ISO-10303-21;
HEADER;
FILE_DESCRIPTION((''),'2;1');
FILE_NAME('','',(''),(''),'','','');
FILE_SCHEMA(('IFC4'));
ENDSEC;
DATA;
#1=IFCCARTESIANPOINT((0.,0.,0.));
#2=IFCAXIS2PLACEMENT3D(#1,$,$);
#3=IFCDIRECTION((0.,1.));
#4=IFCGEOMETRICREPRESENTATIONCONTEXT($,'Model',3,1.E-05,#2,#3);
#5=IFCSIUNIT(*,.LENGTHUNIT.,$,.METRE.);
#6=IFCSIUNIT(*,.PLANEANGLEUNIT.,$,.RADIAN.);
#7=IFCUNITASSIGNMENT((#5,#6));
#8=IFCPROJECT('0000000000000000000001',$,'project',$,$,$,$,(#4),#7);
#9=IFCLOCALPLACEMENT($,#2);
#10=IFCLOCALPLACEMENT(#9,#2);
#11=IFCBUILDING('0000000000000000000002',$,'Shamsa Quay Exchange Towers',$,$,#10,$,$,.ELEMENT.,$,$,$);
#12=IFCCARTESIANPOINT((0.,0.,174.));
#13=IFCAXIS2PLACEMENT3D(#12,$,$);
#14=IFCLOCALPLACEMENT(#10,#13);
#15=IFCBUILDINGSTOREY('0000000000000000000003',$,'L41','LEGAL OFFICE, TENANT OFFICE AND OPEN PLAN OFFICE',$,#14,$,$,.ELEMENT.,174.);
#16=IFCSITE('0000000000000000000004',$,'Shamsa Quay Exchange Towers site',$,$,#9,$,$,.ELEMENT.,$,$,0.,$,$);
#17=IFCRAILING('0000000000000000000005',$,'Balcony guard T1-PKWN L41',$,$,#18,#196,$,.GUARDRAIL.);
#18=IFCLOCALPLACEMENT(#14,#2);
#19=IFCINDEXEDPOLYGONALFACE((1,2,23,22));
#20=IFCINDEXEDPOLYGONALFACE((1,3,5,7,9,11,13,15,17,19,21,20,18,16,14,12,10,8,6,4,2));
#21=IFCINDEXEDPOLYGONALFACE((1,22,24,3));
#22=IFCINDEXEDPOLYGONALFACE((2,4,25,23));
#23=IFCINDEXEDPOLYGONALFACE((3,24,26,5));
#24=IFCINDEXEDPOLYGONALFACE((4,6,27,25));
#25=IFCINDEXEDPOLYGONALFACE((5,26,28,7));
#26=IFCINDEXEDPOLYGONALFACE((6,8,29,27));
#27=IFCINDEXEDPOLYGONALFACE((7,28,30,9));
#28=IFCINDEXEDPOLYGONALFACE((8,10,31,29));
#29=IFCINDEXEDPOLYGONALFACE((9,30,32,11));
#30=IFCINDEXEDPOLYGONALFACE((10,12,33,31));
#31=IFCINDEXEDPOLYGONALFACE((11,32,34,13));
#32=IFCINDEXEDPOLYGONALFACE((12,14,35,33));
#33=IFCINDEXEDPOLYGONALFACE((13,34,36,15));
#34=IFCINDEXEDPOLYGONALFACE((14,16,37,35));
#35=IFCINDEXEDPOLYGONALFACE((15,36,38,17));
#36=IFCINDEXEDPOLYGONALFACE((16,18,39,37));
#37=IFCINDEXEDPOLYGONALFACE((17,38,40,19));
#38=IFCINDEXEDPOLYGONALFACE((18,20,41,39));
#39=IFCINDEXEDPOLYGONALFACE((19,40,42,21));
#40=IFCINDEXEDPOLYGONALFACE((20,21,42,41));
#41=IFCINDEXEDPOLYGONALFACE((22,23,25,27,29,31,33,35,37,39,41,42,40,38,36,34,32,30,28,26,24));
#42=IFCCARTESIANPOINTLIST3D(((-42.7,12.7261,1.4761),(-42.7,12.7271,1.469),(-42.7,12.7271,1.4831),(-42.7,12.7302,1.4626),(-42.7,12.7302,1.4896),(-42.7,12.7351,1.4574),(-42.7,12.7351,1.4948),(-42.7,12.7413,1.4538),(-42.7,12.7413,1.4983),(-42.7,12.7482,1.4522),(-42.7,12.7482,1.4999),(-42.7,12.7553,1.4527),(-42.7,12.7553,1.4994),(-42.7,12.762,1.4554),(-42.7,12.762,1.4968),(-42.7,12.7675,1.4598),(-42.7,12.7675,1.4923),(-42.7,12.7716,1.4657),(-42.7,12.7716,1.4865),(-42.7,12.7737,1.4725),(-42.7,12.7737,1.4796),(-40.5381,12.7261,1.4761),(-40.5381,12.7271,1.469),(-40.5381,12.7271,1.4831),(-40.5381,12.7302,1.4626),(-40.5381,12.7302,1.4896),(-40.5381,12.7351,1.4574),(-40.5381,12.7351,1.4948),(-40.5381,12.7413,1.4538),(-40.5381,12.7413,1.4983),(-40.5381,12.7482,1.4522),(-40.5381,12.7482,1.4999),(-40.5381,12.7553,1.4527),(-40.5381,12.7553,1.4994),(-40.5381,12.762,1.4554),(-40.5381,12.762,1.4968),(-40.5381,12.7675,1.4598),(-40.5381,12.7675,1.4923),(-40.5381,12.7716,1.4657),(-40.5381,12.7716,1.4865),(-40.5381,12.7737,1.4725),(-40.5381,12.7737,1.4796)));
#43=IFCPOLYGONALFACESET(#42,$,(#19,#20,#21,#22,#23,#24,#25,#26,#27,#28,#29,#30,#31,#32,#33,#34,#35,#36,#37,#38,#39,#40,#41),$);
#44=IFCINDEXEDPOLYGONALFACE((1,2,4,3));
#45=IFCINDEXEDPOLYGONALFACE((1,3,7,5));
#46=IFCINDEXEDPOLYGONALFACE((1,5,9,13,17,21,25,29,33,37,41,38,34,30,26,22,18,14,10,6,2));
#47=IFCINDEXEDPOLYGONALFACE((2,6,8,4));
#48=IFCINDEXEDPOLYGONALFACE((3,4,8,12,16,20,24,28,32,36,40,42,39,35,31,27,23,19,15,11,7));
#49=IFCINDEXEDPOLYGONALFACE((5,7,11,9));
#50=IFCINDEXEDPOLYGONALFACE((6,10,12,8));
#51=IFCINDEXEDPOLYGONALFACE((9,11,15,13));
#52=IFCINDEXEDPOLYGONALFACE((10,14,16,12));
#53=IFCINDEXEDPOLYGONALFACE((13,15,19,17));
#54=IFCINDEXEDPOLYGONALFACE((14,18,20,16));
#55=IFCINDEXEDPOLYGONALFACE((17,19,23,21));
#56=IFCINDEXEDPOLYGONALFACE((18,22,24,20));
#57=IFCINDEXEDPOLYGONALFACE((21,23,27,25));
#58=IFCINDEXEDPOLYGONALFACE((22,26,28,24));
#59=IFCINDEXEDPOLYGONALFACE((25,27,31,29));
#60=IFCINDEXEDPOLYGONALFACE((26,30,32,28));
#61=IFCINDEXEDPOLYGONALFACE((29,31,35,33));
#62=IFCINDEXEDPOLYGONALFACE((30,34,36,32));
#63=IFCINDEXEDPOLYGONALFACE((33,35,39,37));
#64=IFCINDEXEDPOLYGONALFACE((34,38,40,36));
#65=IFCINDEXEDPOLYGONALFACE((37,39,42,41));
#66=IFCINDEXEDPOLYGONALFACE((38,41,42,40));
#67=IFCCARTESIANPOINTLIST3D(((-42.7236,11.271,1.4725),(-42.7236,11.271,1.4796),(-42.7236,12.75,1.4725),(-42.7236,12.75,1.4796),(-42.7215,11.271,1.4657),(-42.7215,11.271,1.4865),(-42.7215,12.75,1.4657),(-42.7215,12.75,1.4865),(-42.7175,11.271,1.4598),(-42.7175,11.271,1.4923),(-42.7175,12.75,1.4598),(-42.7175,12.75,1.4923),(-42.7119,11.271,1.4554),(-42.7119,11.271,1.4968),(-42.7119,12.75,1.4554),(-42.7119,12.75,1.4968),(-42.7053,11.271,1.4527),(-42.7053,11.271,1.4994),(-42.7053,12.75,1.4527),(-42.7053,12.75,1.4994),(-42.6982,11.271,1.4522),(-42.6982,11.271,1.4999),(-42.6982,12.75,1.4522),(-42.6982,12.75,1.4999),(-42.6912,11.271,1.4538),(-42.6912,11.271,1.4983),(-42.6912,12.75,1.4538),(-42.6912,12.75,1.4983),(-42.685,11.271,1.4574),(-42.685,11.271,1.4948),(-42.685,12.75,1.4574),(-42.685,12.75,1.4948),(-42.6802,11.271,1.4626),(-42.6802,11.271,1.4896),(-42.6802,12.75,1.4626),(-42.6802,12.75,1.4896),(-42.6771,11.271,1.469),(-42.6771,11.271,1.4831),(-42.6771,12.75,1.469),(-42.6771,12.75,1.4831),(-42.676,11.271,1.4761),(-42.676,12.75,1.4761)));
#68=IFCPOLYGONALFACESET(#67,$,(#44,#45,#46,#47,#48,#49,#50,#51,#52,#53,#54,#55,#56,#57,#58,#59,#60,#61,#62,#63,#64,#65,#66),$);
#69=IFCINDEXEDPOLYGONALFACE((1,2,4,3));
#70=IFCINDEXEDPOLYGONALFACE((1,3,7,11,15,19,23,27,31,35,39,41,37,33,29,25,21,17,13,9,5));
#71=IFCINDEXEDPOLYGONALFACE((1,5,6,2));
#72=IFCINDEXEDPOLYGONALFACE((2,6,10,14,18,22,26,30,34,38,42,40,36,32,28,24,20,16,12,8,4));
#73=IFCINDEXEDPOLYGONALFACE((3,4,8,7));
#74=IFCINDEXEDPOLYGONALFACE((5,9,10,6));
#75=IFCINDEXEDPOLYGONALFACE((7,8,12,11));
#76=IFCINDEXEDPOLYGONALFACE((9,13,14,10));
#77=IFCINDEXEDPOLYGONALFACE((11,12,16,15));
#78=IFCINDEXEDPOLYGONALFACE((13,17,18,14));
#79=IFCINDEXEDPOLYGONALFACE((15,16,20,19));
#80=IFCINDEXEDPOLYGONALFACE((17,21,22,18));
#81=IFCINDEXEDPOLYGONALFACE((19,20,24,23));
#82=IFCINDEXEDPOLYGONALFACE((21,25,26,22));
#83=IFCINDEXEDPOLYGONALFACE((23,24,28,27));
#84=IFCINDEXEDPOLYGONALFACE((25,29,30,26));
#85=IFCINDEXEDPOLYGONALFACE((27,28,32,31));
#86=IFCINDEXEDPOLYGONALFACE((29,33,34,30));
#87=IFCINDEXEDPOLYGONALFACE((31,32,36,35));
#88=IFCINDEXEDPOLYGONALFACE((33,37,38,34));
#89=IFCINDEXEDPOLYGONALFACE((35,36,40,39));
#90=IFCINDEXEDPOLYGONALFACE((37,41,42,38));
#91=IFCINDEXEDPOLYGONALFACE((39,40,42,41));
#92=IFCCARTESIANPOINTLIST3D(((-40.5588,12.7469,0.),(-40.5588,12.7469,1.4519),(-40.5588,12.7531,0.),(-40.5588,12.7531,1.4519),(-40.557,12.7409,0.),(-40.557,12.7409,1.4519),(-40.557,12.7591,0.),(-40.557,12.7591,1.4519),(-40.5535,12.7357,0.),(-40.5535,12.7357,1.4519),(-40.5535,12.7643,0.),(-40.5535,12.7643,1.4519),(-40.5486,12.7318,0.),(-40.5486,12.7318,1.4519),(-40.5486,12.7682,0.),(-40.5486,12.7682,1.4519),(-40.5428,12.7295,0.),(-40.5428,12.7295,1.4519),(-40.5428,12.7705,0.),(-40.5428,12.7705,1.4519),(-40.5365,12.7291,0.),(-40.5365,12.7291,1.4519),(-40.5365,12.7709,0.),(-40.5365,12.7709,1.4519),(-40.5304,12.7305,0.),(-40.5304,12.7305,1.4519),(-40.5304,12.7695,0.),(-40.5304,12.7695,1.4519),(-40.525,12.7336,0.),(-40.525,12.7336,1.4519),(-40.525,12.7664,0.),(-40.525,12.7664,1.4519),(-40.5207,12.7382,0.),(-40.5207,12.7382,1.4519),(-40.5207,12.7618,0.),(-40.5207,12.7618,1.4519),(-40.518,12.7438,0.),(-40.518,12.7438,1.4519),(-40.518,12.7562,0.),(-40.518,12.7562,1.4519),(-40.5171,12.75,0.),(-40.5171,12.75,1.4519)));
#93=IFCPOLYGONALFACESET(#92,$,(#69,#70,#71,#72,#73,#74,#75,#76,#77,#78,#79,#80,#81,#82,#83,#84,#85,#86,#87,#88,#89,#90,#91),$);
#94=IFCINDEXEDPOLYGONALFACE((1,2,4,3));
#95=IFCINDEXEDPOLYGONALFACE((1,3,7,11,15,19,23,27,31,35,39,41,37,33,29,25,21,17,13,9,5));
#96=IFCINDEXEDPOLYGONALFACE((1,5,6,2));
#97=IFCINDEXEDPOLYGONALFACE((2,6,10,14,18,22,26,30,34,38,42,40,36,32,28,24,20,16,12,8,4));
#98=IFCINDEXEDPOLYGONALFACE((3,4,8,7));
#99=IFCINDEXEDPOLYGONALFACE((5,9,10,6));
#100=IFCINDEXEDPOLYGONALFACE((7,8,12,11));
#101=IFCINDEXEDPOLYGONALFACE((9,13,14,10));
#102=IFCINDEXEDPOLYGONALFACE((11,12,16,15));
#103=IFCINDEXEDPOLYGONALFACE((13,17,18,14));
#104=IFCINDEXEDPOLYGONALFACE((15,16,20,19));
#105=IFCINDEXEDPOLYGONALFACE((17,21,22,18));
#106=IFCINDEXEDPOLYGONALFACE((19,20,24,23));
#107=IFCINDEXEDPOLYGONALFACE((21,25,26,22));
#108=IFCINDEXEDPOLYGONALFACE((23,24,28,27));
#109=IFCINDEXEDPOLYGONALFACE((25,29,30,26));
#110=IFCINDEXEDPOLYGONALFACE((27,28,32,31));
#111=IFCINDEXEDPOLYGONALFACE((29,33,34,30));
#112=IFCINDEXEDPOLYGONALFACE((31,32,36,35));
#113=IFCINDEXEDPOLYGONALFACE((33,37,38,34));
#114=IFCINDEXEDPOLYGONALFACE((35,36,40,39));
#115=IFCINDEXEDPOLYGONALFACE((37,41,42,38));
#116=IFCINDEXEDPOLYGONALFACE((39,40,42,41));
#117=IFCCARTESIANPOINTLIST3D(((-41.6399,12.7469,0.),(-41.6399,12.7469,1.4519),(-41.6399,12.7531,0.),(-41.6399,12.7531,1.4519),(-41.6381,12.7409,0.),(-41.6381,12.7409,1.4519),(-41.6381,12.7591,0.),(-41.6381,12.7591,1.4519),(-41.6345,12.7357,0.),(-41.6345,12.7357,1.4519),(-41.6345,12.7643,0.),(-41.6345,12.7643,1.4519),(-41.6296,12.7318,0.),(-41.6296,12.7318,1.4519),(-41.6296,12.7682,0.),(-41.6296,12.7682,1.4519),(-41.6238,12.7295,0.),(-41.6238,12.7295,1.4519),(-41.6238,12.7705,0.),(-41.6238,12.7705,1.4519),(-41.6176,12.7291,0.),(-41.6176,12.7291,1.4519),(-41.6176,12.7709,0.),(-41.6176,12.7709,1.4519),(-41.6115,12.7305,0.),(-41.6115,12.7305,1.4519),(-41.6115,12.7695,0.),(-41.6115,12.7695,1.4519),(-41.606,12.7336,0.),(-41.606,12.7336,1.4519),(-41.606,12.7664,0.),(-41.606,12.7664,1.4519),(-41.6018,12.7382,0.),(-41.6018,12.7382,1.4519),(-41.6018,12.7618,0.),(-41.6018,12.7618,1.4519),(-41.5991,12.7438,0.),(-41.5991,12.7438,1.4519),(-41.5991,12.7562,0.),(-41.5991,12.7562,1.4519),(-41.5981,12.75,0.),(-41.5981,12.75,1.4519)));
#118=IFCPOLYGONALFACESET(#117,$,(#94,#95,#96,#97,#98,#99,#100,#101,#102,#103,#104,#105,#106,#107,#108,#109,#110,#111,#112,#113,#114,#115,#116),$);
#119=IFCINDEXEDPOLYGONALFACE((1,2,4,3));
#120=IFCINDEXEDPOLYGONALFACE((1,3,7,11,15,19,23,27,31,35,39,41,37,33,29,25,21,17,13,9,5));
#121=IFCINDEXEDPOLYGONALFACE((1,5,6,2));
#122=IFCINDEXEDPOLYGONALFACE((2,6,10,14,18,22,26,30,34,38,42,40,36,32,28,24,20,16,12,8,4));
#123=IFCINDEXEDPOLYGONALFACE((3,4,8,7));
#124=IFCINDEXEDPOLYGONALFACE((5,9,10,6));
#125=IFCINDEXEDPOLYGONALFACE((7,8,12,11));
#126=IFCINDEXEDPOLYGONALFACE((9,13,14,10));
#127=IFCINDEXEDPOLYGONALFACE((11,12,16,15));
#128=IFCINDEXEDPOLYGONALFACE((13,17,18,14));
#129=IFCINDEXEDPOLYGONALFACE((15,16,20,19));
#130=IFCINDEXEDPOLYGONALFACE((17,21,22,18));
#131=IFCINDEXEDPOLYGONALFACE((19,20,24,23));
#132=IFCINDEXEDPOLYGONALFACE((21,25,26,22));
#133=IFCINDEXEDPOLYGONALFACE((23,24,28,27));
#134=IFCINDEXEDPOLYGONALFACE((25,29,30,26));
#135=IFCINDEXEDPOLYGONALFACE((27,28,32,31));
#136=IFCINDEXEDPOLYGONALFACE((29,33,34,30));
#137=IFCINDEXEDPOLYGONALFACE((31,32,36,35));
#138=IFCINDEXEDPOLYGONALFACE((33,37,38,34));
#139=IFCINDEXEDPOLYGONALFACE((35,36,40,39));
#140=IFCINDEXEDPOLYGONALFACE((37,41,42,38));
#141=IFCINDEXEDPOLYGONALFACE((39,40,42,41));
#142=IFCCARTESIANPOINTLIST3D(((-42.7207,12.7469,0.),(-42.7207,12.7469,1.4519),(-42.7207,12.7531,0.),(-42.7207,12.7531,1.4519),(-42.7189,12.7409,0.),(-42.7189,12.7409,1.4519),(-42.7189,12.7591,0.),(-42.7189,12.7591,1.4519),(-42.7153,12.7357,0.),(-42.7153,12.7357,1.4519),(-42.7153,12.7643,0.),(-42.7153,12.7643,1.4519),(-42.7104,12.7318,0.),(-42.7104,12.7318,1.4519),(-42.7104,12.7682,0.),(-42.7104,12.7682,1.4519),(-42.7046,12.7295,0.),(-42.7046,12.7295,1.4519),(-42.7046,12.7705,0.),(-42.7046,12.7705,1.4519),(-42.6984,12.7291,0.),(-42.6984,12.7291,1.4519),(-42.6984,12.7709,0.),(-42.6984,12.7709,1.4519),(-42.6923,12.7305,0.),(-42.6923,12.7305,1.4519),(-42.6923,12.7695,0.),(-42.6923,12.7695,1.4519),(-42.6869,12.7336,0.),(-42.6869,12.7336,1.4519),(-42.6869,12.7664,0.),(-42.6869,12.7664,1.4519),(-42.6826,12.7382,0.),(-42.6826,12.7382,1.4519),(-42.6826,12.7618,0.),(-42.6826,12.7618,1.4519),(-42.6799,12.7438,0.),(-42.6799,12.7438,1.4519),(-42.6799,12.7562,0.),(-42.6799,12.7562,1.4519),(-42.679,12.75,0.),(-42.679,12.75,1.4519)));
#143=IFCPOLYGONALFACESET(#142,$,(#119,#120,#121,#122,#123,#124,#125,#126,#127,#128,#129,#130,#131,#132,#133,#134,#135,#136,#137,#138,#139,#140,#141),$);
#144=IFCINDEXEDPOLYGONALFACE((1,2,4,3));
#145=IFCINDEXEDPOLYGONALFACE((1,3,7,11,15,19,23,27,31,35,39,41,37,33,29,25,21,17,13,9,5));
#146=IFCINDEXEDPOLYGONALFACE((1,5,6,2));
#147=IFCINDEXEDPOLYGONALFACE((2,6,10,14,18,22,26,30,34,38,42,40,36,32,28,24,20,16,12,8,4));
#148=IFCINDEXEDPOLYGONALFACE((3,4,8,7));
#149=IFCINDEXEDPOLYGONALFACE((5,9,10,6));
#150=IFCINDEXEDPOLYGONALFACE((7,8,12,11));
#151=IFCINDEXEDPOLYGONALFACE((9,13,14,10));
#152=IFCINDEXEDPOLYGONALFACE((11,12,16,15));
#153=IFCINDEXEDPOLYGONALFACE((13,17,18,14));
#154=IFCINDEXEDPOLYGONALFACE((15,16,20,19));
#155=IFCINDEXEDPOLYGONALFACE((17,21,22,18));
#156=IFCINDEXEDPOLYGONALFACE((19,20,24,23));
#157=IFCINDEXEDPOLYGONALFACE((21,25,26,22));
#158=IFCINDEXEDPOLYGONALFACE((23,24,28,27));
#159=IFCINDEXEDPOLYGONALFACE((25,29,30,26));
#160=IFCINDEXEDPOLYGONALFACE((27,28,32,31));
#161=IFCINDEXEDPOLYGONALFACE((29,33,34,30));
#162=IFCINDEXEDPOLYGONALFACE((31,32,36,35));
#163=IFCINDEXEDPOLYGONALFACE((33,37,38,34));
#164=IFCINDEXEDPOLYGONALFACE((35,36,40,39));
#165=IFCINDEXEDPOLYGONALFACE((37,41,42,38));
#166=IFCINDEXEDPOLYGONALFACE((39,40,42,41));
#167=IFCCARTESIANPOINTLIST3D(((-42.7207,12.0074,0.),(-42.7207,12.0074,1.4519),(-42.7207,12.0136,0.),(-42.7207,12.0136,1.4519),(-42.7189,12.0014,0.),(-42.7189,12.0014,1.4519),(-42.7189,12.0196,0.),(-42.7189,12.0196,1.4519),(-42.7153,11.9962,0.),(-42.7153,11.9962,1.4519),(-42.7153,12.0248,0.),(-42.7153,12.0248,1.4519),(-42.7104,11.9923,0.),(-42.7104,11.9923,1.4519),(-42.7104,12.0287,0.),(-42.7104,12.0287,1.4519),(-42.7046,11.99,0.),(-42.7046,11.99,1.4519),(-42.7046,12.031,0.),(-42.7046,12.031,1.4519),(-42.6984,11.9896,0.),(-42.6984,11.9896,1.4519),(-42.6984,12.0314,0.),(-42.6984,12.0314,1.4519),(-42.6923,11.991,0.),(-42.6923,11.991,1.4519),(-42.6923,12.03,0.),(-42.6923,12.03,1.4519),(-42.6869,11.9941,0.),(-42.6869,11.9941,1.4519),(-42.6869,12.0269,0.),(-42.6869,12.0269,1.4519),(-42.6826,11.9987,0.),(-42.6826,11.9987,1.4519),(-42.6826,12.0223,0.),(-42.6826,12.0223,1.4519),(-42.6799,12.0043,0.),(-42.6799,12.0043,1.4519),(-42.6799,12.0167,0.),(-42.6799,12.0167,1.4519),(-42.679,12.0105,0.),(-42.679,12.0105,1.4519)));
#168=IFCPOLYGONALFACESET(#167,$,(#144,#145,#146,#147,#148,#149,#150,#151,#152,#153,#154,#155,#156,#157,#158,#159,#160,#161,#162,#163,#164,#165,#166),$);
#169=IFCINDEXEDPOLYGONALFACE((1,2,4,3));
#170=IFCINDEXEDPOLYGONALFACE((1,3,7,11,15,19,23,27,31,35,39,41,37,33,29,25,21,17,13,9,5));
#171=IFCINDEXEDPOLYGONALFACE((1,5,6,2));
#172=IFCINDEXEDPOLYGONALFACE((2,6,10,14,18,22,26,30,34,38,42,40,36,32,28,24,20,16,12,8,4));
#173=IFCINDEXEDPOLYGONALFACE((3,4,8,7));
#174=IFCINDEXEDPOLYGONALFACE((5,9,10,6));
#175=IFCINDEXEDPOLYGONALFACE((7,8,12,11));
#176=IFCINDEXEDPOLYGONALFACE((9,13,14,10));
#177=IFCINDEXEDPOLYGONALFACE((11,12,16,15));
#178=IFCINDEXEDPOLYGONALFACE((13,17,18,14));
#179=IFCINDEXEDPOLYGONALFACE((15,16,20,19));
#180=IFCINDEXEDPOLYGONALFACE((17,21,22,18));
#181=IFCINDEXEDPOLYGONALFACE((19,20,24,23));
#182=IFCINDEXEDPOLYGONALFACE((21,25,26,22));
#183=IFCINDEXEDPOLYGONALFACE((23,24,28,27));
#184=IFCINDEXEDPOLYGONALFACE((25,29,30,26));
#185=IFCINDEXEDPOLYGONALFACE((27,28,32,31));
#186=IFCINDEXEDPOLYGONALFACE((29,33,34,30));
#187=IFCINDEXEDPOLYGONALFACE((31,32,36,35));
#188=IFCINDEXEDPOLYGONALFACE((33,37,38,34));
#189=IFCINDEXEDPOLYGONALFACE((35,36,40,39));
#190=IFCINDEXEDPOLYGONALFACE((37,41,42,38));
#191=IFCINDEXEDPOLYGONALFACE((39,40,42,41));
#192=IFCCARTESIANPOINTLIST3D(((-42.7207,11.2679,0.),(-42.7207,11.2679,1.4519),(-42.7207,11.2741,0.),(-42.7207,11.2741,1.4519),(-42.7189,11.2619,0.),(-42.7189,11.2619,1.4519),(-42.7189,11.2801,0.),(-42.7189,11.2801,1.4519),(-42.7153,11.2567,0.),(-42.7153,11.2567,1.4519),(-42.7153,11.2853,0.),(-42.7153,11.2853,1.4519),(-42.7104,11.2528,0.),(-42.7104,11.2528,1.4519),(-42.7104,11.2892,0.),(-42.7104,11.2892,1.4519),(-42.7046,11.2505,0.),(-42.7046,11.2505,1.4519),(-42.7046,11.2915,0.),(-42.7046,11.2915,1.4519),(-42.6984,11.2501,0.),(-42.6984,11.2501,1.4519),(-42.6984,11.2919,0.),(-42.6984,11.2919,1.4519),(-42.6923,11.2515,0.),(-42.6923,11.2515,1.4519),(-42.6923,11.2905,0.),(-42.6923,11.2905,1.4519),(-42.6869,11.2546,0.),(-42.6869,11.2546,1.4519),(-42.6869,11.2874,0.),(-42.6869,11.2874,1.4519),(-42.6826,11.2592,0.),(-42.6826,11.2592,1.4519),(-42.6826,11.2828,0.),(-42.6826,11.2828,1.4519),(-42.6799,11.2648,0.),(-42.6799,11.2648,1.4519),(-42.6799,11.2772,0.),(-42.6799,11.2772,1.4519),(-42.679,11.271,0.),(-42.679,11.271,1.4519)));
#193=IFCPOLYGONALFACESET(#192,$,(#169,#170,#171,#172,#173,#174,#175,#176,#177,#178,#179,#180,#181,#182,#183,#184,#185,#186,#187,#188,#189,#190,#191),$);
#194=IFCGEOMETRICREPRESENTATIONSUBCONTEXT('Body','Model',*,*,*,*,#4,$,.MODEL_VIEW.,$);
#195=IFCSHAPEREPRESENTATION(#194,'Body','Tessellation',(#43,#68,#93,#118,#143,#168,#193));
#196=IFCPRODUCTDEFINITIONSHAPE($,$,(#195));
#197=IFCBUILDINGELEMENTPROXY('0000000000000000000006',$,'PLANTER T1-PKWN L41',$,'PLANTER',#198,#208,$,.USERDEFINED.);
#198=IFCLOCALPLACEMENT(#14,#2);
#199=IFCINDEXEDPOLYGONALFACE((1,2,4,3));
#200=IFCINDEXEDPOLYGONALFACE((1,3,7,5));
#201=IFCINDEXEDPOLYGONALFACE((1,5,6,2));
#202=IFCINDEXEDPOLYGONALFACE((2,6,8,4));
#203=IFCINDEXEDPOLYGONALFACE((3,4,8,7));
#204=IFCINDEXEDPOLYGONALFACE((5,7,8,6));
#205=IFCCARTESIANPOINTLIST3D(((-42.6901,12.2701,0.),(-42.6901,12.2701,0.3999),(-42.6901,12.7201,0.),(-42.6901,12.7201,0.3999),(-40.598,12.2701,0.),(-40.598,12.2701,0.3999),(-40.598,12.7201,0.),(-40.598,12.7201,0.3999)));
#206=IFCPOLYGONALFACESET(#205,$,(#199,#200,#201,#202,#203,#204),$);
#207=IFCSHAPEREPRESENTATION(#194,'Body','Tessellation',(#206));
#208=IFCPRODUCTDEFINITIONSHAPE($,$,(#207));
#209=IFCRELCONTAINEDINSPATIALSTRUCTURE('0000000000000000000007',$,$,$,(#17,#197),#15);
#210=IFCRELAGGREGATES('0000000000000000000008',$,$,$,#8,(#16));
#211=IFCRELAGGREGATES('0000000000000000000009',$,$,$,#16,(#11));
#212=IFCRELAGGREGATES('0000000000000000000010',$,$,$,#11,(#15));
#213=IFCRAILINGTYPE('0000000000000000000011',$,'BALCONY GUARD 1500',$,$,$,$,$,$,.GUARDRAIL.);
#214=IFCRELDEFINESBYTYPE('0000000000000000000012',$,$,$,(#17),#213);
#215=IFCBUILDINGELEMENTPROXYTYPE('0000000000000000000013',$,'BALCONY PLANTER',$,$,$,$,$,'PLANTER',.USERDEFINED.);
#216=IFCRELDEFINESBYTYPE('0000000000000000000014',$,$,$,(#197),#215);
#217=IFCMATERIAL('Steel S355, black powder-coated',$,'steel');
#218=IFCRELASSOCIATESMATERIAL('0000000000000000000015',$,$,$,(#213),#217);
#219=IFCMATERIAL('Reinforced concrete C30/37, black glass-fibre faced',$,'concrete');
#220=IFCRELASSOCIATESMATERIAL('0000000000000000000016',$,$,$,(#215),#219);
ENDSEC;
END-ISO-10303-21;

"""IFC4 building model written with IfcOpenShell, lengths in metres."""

from ifc_helpers import new_model, si_unit, direction, frame, origin, origin_2d, place, context, subcontext, project, spatial, rectangle, circle, extrude, material, type_object, element, save


model = new_model("IFC4")

# Units and contexts
model_context = context("Model", 3, precision=1e-05, world=origin(), true_north=direction((0.0, 1.0)))
body_context = subcontext(model_context, "Body", "Model", "MODEL_VIEW")
ifc_project = project(units=[si_unit("LENGTHUNIT", "METRE"), si_unit("PLANEANGLEUNIT", "RADIAN")], contexts=[model_context])

# Site, building, storey
site_placement = place(None, origin())
site = spatial("IfcSite", under=ifc_project, at=site_placement, Name="Shamsa Quay Exchange Towers site", CompositionType="ELEMENT", RefElevation=0.0)
building_placement = place(site_placement, origin())
building = spatial("IfcBuilding", under=site, at=building_placement, Name="Shamsa Quay Exchange Towers", CompositionType="ELEMENT")
storey_placement = place(building_placement, frame((0.0, 0.0, 174.0)))
storey = spatial("IfcBuildingStorey", under=building, at=storey_placement, Name="L41", Description="LEGAL OFFICE, TENANT OFFICE AND OPEN PLAN OFFICE", CompositionType="ELEMENT", Elevation=174.0)

# Railing
ifc_material_1 = material(Name="Steel S355, black powder-coated", Category="steel")
railing_type_1 = type_object("IfcRailingType", Name="BALCONY GUARD 1500", PredefinedType="GUARDRAIL", material=ifc_material_1)
railing_1_placement = place(storey_placement, frame((-40.5381, 12.75, 0.0)))
element("IfcRailing", 1, at=railing_1_placement, inside=storey, type_object=railing_type_1, Name="Balcony guard T1-PKWN L41", PredefinedType="GUARDRAIL", context=body_context, shape_type="SweptSolid", body=[
    extrude(circle(Radius=0.0239, at=origin_2d()), frame((0.0, 0.0, 1.4761), z_axis=(-1.0, 0.0, 0.0), x_axis=(0.0, -1.0, 0.0)), (0.0, 0.0, 1.0), 2.1619),
    extrude(circle(Radius=0.0239, at=origin_2d()), frame((-2.1619, 0.0, 1.4761), z_axis=(0.0, -1.0, 0.0), x_axis=(1.0, 0.0, 0.0)), (0.0, 0.0, 1.0), 1.479),
    extrude(circle(Radius=0.021, at=origin_2d()), origin(), (0.0, 0.0, 1.0), 1.4519),
    extrude(circle(Radius=0.021, at=origin_2d()), frame((-1.0811, 0.0, 0.0)), (0.0, 0.0, 1.0), 1.4519),
    extrude(circle(Radius=0.021, at=origin_2d()), frame((-2.1619, 0.0, 0.0)), (0.0, 0.0, 1.0), 1.4519),
    extrude(circle(Radius=0.021, at=origin_2d()), frame((-2.1619, -0.7395, 0.0)), (0.0, 0.0, 1.0), 1.4519),
    extrude(circle(Radius=0.021, at=origin_2d()), frame((-2.1619, -1.479, 0.0)), (0.0, 0.0, 1.0), 1.4519),
])

# Building element proxy
ifc_material_2 = material(Name="Reinforced concrete C30/37, black glass-fibre faced", Category="concrete")
building_element_proxy_type = type_object("IfcBuildingElementProxyType", Name="BALCONY PLANTER", ElementType="PLANTER", PredefinedType="USERDEFINED", material=ifc_material_2)
proxy_placement = place(storey_placement, frame((-41.644, 12.4951, 0.0), z_axis=(0.0, 0.0, 1.0), x_axis=(-1.0, 0.0, 0.0)))
element("IfcBuildingElementProxy", 2, at=proxy_placement, inside=storey, type_object=building_element_proxy_type, Name="PLANTER T1-PKWN L41", ObjectType="PLANTER", PredefinedType="USERDEFINED", context=body_context, shape_type="SweptSolid", body=[
    extrude(rectangle(XDim=2.092, YDim=0.45, at=origin_2d()), origin(), (0.0, 0.0, 1.0), 0.3999),
])

save(model, "model.ifc")
